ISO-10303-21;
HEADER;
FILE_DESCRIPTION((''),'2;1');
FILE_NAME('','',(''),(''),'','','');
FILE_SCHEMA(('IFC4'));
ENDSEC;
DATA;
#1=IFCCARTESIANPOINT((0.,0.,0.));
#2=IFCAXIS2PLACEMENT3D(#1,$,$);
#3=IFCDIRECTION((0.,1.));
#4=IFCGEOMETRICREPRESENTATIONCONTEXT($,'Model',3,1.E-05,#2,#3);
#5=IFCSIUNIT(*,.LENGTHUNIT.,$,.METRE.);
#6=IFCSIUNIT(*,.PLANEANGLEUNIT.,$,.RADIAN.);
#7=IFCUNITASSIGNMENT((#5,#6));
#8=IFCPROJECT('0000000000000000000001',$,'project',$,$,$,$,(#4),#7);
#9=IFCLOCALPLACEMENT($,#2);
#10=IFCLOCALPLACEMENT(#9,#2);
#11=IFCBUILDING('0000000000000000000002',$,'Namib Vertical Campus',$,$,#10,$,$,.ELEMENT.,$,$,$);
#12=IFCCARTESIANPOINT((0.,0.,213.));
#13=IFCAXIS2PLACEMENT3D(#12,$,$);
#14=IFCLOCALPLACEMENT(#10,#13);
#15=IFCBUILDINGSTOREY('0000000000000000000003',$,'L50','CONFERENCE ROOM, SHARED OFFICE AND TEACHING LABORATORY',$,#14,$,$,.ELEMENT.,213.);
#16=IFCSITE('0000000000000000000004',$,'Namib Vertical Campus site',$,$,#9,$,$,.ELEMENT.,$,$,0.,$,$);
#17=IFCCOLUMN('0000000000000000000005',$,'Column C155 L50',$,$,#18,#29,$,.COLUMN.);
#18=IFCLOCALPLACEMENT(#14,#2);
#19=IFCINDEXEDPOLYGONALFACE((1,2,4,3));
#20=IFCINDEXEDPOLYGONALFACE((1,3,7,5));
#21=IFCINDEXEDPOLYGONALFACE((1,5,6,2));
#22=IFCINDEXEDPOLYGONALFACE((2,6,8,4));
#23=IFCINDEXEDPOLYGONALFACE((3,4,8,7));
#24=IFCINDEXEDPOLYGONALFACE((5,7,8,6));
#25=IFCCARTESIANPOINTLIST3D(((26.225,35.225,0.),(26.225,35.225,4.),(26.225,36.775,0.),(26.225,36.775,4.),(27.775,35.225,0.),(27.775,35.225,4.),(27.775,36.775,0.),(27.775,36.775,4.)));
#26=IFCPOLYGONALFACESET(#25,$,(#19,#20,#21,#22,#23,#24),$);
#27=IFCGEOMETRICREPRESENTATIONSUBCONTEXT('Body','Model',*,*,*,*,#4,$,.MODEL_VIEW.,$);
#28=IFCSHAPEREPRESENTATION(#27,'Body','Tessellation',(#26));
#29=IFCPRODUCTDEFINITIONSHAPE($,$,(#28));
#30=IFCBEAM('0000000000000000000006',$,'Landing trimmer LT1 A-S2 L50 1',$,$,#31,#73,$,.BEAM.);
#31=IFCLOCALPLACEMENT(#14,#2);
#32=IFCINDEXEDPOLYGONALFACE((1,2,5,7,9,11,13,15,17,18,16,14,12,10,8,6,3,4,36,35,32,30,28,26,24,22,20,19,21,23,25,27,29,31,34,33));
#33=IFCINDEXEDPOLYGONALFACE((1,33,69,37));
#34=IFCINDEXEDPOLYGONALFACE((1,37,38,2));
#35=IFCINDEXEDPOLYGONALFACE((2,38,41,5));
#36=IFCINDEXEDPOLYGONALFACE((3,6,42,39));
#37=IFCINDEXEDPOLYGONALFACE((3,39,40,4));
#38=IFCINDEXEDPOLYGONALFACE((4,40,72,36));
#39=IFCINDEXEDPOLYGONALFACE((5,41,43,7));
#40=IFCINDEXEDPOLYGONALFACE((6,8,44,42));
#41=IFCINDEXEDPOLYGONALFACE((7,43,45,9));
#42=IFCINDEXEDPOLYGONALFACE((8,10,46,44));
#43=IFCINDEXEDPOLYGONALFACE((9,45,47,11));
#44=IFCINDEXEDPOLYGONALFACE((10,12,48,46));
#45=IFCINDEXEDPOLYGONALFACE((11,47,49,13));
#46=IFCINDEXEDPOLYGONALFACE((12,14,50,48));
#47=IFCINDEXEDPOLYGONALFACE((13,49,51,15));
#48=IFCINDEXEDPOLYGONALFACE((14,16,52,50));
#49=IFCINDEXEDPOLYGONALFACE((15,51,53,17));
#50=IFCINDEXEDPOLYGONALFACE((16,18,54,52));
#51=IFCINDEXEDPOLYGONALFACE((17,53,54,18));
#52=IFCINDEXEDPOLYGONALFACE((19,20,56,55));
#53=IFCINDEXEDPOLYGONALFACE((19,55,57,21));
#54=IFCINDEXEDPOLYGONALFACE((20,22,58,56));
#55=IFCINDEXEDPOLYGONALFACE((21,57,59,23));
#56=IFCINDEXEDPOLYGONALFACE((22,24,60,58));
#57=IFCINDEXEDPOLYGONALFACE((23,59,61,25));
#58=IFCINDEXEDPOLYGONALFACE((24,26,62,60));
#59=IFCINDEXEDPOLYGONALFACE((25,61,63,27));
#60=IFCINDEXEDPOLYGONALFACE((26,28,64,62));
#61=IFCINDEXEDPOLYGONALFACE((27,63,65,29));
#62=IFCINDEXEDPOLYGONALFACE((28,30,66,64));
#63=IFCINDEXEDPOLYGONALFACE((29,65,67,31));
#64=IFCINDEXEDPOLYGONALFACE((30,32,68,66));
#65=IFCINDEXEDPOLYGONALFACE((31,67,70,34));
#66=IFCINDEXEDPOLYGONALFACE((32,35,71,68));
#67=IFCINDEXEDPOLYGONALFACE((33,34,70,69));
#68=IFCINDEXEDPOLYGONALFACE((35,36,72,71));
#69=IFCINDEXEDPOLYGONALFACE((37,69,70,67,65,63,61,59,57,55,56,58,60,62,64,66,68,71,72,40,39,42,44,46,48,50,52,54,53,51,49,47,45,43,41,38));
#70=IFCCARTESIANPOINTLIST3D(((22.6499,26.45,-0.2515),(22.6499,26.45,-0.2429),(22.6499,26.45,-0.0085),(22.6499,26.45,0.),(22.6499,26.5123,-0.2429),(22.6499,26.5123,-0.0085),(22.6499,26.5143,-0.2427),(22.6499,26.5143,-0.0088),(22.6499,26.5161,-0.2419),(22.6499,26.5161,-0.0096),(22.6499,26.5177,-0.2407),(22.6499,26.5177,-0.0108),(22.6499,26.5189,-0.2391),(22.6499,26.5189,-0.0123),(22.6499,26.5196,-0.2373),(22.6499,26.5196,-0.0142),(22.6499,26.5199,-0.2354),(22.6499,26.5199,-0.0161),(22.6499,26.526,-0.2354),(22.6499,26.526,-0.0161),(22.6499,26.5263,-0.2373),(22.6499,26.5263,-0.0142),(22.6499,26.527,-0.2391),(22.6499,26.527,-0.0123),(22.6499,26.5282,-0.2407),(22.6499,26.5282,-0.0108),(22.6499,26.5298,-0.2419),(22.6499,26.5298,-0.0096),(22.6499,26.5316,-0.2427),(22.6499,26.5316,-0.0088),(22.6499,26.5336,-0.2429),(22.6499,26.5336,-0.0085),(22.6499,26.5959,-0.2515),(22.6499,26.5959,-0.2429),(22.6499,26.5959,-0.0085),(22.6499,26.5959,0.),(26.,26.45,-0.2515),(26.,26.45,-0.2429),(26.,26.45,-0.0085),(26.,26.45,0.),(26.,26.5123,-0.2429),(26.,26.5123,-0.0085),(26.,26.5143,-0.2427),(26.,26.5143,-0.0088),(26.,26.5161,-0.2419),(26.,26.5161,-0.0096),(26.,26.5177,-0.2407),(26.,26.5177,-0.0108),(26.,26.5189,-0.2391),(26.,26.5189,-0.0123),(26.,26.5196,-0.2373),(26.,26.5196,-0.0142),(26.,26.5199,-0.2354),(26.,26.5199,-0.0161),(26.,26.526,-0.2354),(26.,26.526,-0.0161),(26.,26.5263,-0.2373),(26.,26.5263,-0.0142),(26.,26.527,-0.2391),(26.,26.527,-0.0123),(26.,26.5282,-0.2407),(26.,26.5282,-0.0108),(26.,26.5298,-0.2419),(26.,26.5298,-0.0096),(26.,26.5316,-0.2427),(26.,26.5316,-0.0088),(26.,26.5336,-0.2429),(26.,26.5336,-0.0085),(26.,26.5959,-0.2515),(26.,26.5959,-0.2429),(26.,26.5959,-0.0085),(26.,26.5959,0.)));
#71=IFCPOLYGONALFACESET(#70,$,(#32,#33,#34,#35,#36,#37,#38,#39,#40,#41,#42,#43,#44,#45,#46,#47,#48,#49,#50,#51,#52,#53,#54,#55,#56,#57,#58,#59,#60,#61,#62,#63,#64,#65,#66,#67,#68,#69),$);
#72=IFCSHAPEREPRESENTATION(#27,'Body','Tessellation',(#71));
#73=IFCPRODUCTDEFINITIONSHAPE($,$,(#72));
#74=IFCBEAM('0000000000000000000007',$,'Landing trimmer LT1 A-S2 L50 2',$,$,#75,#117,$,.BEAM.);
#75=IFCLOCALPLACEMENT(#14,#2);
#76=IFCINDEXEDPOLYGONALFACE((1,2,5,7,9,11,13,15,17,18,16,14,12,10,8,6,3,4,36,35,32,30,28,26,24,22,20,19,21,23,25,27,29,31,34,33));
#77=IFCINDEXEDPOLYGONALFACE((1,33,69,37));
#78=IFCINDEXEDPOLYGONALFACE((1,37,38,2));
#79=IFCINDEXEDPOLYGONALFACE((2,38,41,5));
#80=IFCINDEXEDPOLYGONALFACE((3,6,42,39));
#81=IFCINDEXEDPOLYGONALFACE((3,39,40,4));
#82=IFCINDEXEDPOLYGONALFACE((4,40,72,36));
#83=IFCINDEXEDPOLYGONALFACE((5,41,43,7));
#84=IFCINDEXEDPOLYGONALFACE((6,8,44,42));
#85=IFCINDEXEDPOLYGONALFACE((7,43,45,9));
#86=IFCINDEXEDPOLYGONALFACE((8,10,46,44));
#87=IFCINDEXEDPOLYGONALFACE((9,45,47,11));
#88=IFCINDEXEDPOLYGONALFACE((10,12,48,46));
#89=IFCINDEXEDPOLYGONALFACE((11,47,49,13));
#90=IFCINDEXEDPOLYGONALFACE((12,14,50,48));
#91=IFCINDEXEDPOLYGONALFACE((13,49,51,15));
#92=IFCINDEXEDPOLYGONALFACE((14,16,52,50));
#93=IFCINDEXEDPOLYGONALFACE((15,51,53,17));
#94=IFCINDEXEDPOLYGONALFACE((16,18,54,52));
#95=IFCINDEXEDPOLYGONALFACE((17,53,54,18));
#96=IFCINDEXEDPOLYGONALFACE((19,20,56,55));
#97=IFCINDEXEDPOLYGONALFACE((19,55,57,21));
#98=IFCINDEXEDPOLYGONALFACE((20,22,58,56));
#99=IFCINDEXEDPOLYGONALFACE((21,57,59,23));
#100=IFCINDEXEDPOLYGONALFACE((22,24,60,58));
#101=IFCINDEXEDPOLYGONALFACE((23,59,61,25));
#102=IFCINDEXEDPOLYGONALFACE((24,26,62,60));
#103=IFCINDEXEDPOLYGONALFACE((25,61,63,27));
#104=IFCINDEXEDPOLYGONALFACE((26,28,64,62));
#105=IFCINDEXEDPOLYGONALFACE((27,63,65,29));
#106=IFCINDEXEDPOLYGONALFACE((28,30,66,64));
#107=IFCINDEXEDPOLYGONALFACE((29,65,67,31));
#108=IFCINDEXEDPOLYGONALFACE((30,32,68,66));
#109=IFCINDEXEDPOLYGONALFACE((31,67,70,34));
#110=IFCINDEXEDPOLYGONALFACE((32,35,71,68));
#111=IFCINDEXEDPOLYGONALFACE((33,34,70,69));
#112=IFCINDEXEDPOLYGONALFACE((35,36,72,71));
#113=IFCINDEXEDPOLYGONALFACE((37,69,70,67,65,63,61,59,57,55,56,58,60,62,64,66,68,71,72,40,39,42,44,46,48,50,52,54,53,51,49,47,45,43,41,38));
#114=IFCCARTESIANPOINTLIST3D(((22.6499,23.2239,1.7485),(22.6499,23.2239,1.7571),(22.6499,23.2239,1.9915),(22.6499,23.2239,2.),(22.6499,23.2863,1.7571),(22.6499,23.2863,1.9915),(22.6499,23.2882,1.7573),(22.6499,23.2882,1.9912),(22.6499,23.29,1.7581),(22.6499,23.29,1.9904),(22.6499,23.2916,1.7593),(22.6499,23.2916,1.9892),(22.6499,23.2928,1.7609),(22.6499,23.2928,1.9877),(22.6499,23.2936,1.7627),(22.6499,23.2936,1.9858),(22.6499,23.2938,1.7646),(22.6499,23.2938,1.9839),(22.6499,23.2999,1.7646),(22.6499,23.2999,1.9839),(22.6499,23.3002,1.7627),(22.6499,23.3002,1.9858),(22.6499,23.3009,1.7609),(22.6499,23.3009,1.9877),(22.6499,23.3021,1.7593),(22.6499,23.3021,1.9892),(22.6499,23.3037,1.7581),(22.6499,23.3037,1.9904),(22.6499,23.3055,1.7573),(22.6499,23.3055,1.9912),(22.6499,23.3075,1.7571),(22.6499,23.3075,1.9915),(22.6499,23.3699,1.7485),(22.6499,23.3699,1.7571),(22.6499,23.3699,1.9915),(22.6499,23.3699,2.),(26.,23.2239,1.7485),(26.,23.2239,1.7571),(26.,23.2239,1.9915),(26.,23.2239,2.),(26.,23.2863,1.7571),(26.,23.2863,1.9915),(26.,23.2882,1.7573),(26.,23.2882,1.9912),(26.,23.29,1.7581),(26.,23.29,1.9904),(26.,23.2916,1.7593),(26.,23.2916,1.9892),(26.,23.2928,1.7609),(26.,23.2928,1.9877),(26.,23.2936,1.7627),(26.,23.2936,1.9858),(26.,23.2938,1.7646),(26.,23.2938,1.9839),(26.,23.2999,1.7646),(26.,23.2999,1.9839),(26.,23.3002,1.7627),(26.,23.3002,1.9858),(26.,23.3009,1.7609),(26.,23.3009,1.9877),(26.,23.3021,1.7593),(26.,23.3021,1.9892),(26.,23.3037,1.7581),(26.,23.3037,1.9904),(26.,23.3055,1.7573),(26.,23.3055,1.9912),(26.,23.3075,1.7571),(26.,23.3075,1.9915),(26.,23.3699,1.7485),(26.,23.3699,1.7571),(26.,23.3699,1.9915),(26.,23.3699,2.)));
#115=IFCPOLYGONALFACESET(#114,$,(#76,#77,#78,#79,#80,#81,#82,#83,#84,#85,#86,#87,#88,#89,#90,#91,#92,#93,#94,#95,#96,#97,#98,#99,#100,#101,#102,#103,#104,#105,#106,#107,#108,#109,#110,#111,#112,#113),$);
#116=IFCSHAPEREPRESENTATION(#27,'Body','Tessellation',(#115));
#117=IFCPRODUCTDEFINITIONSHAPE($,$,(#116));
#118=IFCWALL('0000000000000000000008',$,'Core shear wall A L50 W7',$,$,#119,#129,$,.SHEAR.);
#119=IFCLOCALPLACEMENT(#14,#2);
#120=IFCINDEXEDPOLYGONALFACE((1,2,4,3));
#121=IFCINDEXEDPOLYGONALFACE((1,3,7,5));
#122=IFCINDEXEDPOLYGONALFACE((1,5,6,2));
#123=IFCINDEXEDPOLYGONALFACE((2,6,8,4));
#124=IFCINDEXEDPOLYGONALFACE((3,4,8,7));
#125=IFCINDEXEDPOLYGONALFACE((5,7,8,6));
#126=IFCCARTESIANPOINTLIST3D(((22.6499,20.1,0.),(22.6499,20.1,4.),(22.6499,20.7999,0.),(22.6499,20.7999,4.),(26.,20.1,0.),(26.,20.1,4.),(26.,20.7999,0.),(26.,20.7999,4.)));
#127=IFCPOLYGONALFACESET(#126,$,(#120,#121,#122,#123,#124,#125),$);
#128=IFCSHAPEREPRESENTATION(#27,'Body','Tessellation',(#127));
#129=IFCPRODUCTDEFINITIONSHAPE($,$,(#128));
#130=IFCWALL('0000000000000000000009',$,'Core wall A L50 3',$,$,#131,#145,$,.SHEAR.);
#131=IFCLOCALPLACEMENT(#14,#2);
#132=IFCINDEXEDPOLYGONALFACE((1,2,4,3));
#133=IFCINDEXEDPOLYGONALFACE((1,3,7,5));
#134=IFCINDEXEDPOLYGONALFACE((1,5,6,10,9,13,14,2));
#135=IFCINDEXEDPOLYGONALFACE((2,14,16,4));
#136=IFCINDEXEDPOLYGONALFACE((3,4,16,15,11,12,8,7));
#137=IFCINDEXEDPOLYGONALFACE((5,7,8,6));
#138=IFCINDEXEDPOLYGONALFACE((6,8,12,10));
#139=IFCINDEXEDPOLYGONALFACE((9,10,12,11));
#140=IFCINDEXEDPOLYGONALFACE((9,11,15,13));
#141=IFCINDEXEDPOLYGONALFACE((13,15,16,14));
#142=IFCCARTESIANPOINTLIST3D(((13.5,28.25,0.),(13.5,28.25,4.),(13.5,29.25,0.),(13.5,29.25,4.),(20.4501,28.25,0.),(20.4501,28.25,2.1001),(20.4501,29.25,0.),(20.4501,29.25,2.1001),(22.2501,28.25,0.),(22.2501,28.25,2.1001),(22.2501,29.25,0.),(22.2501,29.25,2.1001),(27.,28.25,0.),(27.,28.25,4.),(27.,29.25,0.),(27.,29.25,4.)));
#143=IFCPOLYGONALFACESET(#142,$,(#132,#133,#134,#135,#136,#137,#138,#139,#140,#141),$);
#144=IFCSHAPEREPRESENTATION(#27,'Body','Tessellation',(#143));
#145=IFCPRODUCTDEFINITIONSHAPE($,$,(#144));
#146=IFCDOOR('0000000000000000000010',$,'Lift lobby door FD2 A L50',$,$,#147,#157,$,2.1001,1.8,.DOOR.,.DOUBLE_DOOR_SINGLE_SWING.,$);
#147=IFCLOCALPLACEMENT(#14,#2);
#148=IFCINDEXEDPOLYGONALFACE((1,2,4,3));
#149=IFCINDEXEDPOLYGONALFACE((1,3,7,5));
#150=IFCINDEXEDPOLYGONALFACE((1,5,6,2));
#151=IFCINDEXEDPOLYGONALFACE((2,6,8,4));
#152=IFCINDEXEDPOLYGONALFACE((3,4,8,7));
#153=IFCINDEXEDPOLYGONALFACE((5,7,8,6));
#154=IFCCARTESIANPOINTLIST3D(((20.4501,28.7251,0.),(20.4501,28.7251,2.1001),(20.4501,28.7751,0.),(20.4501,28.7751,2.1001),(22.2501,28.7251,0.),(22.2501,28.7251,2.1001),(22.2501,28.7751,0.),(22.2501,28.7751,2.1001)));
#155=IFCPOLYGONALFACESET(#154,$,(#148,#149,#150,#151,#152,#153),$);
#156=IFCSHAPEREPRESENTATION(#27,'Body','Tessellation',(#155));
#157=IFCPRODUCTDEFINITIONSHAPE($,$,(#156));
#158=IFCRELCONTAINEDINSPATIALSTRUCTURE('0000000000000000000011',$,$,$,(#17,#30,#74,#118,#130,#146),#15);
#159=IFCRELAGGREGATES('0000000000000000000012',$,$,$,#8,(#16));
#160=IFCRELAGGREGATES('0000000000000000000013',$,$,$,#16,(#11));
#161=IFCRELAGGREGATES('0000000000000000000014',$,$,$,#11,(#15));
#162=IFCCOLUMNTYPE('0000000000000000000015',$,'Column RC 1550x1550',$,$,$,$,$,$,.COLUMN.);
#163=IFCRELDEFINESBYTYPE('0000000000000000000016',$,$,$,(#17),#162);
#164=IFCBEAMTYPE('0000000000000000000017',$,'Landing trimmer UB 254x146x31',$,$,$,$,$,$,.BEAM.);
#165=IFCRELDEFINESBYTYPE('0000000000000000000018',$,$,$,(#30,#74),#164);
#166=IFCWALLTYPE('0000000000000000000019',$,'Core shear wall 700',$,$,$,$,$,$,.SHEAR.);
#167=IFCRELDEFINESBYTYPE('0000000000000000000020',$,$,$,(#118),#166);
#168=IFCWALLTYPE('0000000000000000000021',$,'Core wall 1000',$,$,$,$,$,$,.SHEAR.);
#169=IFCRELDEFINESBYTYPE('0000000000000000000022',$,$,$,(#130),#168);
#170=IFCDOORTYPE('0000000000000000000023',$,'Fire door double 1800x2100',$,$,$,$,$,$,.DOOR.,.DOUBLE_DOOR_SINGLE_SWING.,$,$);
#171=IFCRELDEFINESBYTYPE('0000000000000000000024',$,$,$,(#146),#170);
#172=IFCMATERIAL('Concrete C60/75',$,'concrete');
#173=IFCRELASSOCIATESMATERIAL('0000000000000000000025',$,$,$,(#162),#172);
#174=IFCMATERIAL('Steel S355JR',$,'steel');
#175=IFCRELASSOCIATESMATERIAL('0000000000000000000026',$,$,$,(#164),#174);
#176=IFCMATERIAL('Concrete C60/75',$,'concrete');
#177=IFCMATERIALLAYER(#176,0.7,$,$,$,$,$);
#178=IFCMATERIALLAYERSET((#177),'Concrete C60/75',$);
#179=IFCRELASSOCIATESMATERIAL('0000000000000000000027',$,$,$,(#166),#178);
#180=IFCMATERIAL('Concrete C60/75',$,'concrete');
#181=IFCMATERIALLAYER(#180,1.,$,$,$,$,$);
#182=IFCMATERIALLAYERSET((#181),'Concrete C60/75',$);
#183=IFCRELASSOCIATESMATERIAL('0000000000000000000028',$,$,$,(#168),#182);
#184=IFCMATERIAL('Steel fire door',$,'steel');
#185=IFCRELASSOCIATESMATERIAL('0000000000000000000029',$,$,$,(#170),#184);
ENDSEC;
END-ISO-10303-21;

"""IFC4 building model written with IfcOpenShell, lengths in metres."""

from ifc_helpers import new_model, si_unit, direction, frame, frame_2d, origin, origin_2d, place, context, subcontext, project, spatial, rectangle, i_section, extrude, material, layer, layer_set, material_profile, profile_set, type_object, element, fill, save


model = new_model("IFC4")

# Units and contexts
model_context = context("Model", 3, precision=1e-05, world=origin(), true_north=direction((0.0, 1.0)))
body_context = subcontext(model_context, "Body", "Model", "MODEL_VIEW")
ifc_project = project(units=[si_unit("LENGTHUNIT", "METRE"), si_unit("PLANEANGLEUNIT", "RADIAN")], contexts=[model_context])

# Site, building, storey
site_placement = place(None, origin())
site = spatial("IfcSite", under=ifc_project, at=site_placement, Name="Namib Vertical Campus site", CompositionType="ELEMENT", RefElevation=0.0)
building_placement = place(site_placement, origin())
building = spatial("IfcBuilding", under=site, at=building_placement, Name="Namib Vertical Campus", CompositionType="ELEMENT")
storey_placement = place(building_placement, frame((0.0, 0.0, 213.0)))
storey = spatial("IfcBuildingStorey", under=building, at=storey_placement, Name="L50", Description="CONFERENCE ROOM, SHARED OFFICE AND TEACHING LABORATORY", CompositionType="ELEMENT", Elevation=213.0)

# Column
ifc_material_1 = material(Name="Concrete C60/75", Category="concrete")
ifc_material_profile_1 = material_profile(ifc_material_1, rectangle(XDim=1.55, YDim=1.55, at=origin_2d()))
ifc_profile_set_1 = profile_set([ifc_material_profile_1], Name="Concrete C60/75")
column_type = type_object("IfcColumnType", Name="Column RC 1550x1550", PredefinedType="COLUMN", material=ifc_profile_set_1)
column_placement = place(storey_placement, frame((27.0, 36.0, 0.0), z_axis=(0.0, 0.0, 1.0), x_axis=(1.0, 0.0, 0.0)))
element("IfcColumn", 1, at=column_placement, inside=storey, type_object=column_type, Name="Column C155 L50", PredefinedType="COLUMN", context=body_context, shape_type="SweptSolid", body=[
    extrude(rectangle(XDim=1.55, YDim=1.55, at=origin_2d()), origin(), (0.0, 0.0, 1.0), 4.0),
])

# Beams
ifc_material_2 = material(Name="Steel S355JR", Category="steel")
ifc_material_profile_2 = material_profile(ifc_material_2, i_section(OverallWidth=0.146, OverallDepth=0.2515, WebThickness=0.0061, FlangeThickness=0.0085, FilletRadius=0.0076, at=origin_2d()))
ifc_profile_set_2 = profile_set([ifc_material_profile_2], Name="Steel S355JR")
beam_type = type_object("IfcBeamType", Name="Landing trimmer UB 254x146x31", PredefinedType="BEAM", material=ifc_profile_set_2)
for number, where, z_axis, x_axis, name in (
    (2, (22.6499, 26.5229, -0.1257), (1.0, 0.0, 0.0), (0.0, 1.0, 0.0), "Landing trimmer LT1 A-S2 L50 1"),
    (3, (22.6499, 23.2969, 1.8743), (1.0, 0.0, 0.0), (0.0, 1.0, 0.0), "Landing trimmer LT1 A-S2 L50 2"),
):
    element("IfcBeam", number, at=place(storey_placement, frame(where, z_axis=z_axis, x_axis=x_axis)), inside=storey, type_object=beam_type, Name=name, PredefinedType="BEAM", context=body_context, shape_type="SweptSolid", body=[
        extrude(i_section(OverallWidth=0.146, OverallDepth=0.2515, WebThickness=0.0061, FlangeThickness=0.0085, FilletRadius=0.0076, at=origin_2d()), origin(), (0.0, 0.0, 1.0), 3.3501),
    ])

# Wall
ifc_material_3 = material(Name="Concrete C60/75", Category="concrete")
ifc_layer_1 = layer(ifc_material_3, 0.7)
ifc_layer_set_1 = layer_set([ifc_layer_1], Name="Concrete C60/75")
wall_type_1 = type_object("IfcWallType", Name="Core shear wall 700", PredefinedType="SHEAR", material=ifc_layer_set_1)
wall_1_placement = place(storey_placement, frame((22.6499, 20.45, 0.0), z_axis=(0.0, 0.0, 1.0), x_axis=(1.0, 0.0, 0.0)))
element("IfcWall", 4, at=wall_1_placement, inside=storey, type_object=wall_type_1, Name="Core shear wall A L50 W7", PredefinedType="SHEAR", context=body_context, shape_type="SweptSolid", body=[
    extrude(rectangle(XDim=3.3501, YDim=0.7, at=frame_2d((1.675, 0.0))), origin(), (0.0, 0.0, 1.0), 4.0),
])

# Wall, opening, door
ifc_material_4 = material(Name="Concrete C60/75", Category="concrete")
ifc_layer_2 = layer(ifc_material_4, 1.0)
ifc_layer_set_2 = layer_set([ifc_layer_2], Name="Concrete C60/75")
wall_type_2 = type_object("IfcWallType", Name="Core wall 1000", PredefinedType="SHEAR", material=ifc_layer_set_2)
wall_2_placement = place(storey_placement, frame((27.0, 28.75, 0.0), z_axis=(0.0, 0.0, 1.0), x_axis=(-1.0, 0.0, 0.0)))
wall_2 = element("IfcWall", 5, at=wall_2_placement, inside=storey, type_object=wall_type_2, Name="Core wall A L50 3", PredefinedType="SHEAR", context=body_context, shape_type="SweptSolid", body=[
    extrude(rectangle(XDim=13.5, YDim=1.0, at=frame_2d((6.75, 0.0))), origin(), (0.0, 0.0, 1.0), 4.0),
])
opening_1_placement = place(wall_2_placement, frame((4.75, 0.0, 0.0)))
opening_1 = element("IfcOpeningElement", 6, at=opening_1_placement, cuts=wall_2, PredefinedType="OPENING", context=body_context, shape_type="SweptSolid", body=[
    extrude(rectangle(XDim=1.8, YDim=2.1001, at=frame_2d((0.8999, 1.05))), frame((0.0, 0.51, 0.0), z_axis=(0.0, -1.0, 0.0), x_axis=(1.0, 0.0, 0.0)), (0.0, 0.0, 1.0), 1.02),
])
ifc_material_5 = material(Name="Steel fire door", Category="steel")
door_type_1 = type_object("IfcDoorType", Name="Fire door double 1800x2100", OperationType="DOUBLE_DOOR_SINGLE_SWING", PredefinedType="DOOR", material=ifc_material_5)
door_1_placement = place(opening_1_placement, origin())
door_1 = element("IfcDoor", 7, at=door_1_placement, inside=storey, type_object=door_type_1, Name="Lift lobby door FD2 A L50", OperationType="DOUBLE_DOOR_SINGLE_SWING", OverallHeight=2.1001, OverallWidth=1.8, PredefinedType="DOOR", context=body_context, shape_type="SweptSolid", body=[
    extrude(rectangle(XDim=1.8, YDim=2.1001, at=frame_2d((0.8999, 1.05))), frame((0.0, 0.0249, 0.0), z_axis=(0.0, -1.0, 0.0), x_axis=(1.0, 0.0, 0.0)), (0.0, 0.0, 1.0), 0.05),
])
fill(opening_1, door_1)

save(model, "model.ifc")
